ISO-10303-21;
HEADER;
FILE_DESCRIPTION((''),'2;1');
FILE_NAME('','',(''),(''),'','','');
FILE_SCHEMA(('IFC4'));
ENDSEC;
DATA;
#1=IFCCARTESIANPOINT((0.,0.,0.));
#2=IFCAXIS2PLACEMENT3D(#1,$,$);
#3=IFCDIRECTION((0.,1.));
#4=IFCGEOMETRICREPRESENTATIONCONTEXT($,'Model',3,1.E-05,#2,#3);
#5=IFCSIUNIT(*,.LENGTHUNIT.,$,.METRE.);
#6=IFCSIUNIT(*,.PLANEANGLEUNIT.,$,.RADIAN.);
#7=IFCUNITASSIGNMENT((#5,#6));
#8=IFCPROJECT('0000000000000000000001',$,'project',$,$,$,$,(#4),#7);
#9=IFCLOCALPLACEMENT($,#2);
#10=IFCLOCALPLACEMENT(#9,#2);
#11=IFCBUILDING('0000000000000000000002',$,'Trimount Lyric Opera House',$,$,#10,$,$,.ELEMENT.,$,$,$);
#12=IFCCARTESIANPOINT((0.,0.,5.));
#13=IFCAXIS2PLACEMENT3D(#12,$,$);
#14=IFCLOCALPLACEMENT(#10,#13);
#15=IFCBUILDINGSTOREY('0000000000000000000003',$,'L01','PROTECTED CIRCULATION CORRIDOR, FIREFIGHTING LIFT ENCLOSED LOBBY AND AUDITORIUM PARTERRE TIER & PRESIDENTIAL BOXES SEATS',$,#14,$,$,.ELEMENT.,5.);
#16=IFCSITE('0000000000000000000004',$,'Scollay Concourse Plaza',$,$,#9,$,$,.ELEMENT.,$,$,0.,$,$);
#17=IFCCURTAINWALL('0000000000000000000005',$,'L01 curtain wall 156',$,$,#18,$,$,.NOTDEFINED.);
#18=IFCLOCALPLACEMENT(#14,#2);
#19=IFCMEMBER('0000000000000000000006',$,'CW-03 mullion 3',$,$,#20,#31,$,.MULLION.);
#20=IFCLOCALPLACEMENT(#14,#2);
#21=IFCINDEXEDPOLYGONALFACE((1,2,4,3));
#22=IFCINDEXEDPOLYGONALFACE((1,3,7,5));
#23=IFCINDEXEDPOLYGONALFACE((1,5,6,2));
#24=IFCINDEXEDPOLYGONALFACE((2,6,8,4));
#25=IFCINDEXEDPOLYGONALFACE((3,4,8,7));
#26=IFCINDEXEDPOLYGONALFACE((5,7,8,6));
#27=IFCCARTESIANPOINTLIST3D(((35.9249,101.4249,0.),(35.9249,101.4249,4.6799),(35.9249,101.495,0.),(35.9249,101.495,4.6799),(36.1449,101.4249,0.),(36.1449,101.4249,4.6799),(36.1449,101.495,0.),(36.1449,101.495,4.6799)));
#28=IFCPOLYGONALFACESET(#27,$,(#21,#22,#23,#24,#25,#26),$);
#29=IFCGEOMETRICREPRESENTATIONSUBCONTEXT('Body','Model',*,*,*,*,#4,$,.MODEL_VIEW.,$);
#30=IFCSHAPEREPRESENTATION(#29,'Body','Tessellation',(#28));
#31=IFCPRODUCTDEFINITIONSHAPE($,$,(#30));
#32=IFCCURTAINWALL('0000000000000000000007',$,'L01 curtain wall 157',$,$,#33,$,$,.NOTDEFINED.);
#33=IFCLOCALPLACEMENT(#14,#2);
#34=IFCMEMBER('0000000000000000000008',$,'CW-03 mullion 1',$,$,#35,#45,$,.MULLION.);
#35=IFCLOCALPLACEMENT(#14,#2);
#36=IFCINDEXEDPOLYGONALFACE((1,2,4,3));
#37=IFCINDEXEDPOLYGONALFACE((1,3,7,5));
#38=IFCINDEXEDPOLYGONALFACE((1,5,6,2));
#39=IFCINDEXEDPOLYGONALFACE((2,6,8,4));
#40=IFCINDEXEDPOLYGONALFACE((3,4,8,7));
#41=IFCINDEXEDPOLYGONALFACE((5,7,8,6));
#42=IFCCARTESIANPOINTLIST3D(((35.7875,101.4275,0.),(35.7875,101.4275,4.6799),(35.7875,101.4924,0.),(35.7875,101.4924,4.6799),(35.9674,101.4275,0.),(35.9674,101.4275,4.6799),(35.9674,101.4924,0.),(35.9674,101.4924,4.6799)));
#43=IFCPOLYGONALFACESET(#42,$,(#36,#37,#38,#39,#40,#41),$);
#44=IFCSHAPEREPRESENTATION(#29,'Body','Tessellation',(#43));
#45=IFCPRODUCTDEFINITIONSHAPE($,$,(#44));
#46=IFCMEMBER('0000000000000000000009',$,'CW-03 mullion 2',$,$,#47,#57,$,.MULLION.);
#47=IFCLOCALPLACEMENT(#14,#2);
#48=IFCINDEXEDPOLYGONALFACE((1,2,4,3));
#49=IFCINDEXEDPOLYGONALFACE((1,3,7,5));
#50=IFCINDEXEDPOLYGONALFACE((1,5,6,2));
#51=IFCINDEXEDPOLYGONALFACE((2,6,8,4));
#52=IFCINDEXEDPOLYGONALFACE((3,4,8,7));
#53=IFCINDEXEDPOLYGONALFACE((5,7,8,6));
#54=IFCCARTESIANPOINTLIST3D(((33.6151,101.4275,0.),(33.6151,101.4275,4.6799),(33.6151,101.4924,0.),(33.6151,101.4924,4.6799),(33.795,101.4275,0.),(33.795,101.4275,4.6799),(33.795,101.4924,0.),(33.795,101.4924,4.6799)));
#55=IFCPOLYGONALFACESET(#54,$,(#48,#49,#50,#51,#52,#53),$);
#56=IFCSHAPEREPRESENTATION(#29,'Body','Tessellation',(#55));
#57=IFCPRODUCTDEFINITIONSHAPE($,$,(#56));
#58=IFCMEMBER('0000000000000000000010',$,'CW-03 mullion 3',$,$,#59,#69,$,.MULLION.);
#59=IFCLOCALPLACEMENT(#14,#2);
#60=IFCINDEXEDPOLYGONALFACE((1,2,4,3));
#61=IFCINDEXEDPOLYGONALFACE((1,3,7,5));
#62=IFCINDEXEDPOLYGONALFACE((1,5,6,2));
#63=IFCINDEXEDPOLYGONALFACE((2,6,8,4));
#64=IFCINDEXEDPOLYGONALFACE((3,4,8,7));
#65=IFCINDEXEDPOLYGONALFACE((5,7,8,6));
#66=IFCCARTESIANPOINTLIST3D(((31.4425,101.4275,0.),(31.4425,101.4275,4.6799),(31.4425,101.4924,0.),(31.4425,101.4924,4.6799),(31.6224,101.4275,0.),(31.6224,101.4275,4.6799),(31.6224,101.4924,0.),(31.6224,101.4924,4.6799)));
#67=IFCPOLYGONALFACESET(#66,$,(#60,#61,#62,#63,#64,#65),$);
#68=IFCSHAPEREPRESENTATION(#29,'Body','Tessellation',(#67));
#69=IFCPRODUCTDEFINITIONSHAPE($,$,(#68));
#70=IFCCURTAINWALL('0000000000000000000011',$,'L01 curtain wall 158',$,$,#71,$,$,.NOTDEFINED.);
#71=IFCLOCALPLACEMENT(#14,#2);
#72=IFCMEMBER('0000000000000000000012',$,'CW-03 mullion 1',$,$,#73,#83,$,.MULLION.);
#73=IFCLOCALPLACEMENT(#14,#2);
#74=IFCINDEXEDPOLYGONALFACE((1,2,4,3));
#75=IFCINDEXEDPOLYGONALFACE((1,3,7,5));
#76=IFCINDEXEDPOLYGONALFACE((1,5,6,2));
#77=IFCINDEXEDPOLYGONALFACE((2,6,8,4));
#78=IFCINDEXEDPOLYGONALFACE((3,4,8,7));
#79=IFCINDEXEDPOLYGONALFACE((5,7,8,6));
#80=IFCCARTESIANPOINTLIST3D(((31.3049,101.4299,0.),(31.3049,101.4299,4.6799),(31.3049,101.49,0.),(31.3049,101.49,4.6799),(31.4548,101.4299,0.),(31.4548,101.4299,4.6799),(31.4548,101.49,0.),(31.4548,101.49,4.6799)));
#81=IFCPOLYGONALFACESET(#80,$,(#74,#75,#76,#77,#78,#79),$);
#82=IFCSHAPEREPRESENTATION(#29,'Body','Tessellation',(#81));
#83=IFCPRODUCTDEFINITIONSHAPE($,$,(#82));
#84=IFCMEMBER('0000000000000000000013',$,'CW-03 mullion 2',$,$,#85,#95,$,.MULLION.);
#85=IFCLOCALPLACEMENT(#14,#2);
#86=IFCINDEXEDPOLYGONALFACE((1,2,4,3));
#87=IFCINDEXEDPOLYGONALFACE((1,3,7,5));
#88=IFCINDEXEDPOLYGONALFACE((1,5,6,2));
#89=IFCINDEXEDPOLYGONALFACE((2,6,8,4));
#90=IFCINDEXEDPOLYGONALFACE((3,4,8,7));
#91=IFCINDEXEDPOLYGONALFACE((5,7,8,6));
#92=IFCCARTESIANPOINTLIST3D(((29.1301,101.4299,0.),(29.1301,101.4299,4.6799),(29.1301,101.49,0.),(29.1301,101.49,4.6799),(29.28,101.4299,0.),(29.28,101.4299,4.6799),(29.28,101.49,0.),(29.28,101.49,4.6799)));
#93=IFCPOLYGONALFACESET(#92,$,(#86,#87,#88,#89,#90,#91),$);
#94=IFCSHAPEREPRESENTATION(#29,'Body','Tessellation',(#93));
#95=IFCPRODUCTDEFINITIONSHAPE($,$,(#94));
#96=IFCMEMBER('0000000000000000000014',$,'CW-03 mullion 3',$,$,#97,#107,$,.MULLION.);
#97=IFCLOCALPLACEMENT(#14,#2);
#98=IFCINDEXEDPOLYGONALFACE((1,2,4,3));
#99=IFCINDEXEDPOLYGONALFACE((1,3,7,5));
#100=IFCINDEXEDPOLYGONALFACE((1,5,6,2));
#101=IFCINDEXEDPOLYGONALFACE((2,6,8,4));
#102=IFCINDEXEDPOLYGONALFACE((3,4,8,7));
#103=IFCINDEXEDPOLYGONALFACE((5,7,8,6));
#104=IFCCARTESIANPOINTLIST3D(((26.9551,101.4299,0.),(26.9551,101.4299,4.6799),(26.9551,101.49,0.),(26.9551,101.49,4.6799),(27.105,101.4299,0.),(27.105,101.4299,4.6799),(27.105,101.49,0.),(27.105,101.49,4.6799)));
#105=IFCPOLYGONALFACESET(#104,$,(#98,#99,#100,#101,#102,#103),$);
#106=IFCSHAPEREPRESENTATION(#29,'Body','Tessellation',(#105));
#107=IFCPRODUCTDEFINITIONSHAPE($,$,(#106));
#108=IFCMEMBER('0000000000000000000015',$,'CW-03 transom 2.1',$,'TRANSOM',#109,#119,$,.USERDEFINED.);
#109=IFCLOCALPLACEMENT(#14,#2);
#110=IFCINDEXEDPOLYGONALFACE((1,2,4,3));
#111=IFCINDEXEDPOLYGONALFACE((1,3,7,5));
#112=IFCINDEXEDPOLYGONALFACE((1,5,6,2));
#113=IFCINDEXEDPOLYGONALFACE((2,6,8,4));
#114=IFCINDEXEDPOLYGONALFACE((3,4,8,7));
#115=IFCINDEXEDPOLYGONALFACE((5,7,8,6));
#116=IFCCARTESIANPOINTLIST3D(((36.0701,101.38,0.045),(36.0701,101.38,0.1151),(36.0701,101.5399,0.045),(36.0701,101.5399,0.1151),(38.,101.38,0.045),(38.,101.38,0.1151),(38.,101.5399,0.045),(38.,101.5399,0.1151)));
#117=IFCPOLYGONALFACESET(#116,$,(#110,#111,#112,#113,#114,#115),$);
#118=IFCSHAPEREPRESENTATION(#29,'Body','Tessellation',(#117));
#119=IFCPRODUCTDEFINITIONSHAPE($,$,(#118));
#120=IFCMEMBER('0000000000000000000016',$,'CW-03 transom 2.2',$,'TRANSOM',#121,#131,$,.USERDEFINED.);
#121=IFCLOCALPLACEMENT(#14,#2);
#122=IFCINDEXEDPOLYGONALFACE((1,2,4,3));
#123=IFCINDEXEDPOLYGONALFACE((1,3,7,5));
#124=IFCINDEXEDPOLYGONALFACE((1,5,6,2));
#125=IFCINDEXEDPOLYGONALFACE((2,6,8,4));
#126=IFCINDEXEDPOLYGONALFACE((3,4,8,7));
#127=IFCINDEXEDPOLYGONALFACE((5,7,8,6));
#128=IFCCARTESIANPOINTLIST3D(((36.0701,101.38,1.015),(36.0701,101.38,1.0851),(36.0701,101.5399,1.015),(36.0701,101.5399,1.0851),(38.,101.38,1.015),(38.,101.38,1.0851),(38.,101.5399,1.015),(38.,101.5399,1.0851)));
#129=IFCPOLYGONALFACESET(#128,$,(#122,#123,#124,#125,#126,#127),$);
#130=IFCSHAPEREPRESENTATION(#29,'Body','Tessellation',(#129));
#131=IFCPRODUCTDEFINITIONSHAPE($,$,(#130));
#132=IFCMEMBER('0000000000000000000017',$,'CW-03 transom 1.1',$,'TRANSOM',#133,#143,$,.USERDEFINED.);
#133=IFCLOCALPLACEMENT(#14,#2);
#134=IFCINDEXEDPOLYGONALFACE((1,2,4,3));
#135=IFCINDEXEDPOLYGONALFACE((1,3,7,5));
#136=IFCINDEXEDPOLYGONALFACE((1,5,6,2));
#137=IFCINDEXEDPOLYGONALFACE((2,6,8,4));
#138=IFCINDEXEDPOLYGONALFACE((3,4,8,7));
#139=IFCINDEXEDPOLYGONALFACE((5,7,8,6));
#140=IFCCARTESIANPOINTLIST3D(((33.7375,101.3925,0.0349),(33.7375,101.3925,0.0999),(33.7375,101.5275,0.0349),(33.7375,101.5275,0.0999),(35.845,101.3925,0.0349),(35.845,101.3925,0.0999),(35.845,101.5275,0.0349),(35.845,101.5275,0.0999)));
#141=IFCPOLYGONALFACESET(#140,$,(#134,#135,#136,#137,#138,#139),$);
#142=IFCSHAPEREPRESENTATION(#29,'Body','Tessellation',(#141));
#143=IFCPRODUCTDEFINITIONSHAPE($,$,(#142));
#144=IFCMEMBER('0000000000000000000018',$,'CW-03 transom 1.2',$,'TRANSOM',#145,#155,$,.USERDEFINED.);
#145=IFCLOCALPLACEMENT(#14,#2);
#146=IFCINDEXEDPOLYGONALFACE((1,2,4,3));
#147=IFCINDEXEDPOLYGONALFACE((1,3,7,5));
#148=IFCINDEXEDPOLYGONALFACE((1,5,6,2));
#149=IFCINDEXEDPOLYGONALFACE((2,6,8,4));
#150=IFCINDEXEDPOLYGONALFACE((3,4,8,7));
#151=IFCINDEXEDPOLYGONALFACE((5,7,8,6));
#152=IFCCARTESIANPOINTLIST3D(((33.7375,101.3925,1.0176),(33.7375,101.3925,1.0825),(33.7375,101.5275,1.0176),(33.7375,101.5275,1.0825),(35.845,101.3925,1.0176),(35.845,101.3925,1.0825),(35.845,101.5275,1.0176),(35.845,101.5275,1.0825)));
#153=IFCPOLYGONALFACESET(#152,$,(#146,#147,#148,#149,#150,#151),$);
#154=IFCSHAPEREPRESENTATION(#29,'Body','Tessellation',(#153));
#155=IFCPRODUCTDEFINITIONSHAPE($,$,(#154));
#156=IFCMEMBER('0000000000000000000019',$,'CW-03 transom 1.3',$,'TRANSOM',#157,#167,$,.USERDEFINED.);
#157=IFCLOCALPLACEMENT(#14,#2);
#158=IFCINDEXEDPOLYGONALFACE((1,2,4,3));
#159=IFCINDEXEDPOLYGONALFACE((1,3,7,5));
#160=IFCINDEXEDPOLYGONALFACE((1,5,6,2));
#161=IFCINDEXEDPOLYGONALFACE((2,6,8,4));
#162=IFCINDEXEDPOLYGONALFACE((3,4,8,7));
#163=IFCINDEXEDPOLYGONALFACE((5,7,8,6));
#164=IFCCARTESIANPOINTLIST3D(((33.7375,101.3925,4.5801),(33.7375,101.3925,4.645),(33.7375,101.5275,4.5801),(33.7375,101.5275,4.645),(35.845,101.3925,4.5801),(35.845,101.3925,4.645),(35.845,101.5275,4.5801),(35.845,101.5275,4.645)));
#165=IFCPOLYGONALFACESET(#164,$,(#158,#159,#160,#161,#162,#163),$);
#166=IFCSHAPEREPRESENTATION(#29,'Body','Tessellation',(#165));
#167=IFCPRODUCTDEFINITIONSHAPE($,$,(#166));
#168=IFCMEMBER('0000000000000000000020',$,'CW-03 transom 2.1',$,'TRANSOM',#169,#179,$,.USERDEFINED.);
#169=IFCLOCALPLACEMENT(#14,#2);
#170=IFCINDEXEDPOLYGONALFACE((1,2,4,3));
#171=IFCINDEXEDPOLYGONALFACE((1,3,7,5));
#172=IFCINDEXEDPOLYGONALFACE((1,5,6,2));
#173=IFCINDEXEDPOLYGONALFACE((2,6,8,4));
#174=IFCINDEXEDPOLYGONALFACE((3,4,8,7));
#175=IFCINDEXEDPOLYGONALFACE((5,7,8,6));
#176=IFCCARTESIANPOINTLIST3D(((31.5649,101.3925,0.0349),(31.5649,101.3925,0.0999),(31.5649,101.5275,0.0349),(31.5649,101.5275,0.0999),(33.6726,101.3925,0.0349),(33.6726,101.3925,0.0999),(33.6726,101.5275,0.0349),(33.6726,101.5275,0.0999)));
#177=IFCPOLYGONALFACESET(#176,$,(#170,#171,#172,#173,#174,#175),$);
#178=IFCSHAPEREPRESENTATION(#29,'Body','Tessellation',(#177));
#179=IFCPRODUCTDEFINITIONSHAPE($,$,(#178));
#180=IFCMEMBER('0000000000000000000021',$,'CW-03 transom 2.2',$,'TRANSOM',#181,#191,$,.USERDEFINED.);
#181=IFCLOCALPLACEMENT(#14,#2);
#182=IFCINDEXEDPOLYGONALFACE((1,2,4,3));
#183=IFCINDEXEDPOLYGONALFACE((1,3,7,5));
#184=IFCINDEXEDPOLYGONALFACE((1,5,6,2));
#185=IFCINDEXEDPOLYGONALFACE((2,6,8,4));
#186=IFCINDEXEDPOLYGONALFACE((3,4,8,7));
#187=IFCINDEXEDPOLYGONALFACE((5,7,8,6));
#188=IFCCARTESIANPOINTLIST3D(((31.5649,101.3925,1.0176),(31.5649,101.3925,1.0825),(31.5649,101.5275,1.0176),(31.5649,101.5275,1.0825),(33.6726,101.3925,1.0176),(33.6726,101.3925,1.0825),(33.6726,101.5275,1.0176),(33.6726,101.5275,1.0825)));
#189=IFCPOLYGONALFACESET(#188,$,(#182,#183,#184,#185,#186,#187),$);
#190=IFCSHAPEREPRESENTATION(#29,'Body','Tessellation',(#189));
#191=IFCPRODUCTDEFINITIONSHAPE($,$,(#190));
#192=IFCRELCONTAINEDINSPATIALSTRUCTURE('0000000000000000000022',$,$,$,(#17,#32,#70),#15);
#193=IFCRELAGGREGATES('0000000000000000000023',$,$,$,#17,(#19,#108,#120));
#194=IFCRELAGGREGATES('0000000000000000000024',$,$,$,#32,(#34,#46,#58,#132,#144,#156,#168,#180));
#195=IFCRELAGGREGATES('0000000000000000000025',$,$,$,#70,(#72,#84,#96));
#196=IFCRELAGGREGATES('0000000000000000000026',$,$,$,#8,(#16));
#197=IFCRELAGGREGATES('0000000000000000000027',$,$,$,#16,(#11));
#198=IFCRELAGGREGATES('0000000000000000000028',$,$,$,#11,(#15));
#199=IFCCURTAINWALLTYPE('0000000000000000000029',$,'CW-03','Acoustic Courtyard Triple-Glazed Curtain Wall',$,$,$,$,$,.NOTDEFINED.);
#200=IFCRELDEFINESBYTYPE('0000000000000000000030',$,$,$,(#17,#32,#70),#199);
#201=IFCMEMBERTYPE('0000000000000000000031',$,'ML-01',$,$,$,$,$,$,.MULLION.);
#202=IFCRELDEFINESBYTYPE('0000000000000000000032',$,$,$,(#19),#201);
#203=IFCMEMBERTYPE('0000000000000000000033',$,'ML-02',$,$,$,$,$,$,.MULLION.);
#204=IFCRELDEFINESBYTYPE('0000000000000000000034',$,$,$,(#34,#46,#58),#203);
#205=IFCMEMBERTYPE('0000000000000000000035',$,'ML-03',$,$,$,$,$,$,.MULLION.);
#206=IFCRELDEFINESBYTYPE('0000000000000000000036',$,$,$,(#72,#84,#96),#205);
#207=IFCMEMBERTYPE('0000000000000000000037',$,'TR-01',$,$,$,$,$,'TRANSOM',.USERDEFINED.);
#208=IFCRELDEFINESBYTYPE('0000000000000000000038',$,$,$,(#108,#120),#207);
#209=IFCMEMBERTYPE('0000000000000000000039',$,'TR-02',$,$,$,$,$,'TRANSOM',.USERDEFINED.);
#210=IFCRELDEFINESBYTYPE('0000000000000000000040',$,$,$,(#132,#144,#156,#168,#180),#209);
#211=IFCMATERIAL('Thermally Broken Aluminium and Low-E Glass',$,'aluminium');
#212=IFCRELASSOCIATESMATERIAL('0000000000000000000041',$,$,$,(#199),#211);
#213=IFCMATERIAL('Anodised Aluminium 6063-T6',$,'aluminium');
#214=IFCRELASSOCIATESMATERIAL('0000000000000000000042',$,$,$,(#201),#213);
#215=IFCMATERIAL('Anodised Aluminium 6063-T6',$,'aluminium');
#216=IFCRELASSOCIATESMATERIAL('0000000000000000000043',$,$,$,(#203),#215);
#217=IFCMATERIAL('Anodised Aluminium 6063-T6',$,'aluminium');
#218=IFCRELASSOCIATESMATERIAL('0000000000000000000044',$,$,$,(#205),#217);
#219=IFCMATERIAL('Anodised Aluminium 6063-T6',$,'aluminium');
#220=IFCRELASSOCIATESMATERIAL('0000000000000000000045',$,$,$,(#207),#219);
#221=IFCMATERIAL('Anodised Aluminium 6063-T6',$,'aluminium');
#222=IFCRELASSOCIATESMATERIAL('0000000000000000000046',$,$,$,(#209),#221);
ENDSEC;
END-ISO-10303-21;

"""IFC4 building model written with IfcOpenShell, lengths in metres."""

from ifc_helpers import new_model, si_unit, direction, frame, origin, origin_2d, place, context, subcontext, project, spatial, rectangle, extrude, material, material_profile, profile_set, type_object, element, aggregate, save


model = new_model("IFC4")

# Units and contexts
model_context = context("Model", 3, precision=1e-05, world=origin(), true_north=direction((0.0, 1.0)))
body_context = subcontext(model_context, "Body", "Model", "MODEL_VIEW")
ifc_project = project(units=[si_unit("LENGTHUNIT", "METRE"), si_unit("PLANEANGLEUNIT", "RADIAN")], contexts=[model_context])

# Site, building, storey
site_placement = place(None, origin())
site = spatial("IfcSite", under=ifc_project, at=site_placement, Name="Scollay Concourse Plaza", CompositionType="ELEMENT", RefElevation=0.0)
building_placement = place(site_placement, origin())
building = spatial("IfcBuilding", under=site, at=building_placement, Name="Trimount Lyric Opera House", CompositionType="ELEMENT")
storey_placement = place(building_placement, frame((0.0, 0.0, 5.0)))
storey = spatial("IfcBuildingStorey", under=building, at=storey_placement, Name="L01", Description="PROTECTED CIRCULATION CORRIDOR, FIREFIGHTING LIFT ENCLOSED LOBBY AND AUDITORIUM PARTERRE TIER & PRESIDENTIAL BOXES SEATS", CompositionType="ELEMENT", Elevation=5.0)

# Curtain wall, member
ifc_material_1 = material(Name="Thermally Broken Aluminium and Low-E Glass", Category="aluminium")
curtain_wall_type = type_object("IfcCurtainWallType", Name="CW-03", Description="Acoustic Courtyard Triple-Glazed Curtain Wall", PredefinedType="NOTDEFINED", material=ifc_material_1)
curtain_wall_1_placement = place(storey_placement, origin())
curtain_wall_1 = element("IfcCurtainWall", 1, at=curtain_wall_1_placement, inside=storey, type_object=curtain_wall_type, Name="L01 curtain wall 156", PredefinedType="NOTDEFINED")
ifc_material_2 = material(Name="Anodised Aluminium 6063-T6", Category="aluminium")
ifc_material_profile_1 = material_profile(ifc_material_2, rectangle(XDim=0.0701, YDim=0.22, at=origin_2d()), Name="ALU-MULL-70X220")
ifc_profile_set_1 = profile_set([ifc_material_profile_1], Name="Anodised Aluminium 6063-T6")
member_type_1 = type_object("IfcMemberType", Name="ML-01", PredefinedType="MULLION", material=ifc_profile_set_1)
member_1_placement = place(storey_placement, frame((36.0349, 101.46, 0.0), z_axis=(0.0, 0.0, 1.0), x_axis=(0.0, -1.0, 0.0)))
member_1 = element("IfcMember", 2, at=member_1_placement, type_object=member_type_1, Name="CW-03 mullion 3", PredefinedType="MULLION", context=body_context, shape_type="SweptSolid", body=[
    extrude(rectangle(XDim=0.0701, YDim=0.22, at=origin_2d()), origin(), (0.0, 0.0, 1.0), 4.6799),
])

# Curtain walls, members
curtain_wall_2_placement = place(storey_placement, origin())
curtain_wall_2 = element("IfcCurtainWall", 3, at=curtain_wall_2_placement, inside=storey, type_object=curtain_wall_type, Name="L01 curtain wall 157", PredefinedType="NOTDEFINED")
ifc_material_3 = material(Name="Anodised Aluminium 6063-T6", Category="aluminium")
ifc_material_profile_2 = material_profile(ifc_material_3, rectangle(XDim=0.0649, YDim=0.1799, at=origin_2d()), Name="ALU-MULL-65X180")
ifc_profile_set_2 = profile_set([ifc_material_profile_2], Name="Anodised Aluminium 6063-T6")
member_type_2 = type_object("IfcMemberType", Name="ML-02", PredefinedType="MULLION", material=ifc_profile_set_2)
member_2_placement = place(storey_placement, frame((35.8774, 101.46, 0.0), z_axis=(0.0, 0.0, 1.0), x_axis=(0.0, -1.0, 0.0)))
member_2 = element("IfcMember", 4, at=member_2_placement, type_object=member_type_2, Name="CW-03 mullion 1", PredefinedType="MULLION", context=body_context, shape_type="SweptSolid", body=[
    extrude(rectangle(XDim=0.0649, YDim=0.1799, at=origin_2d()), origin(), (0.0, 0.0, 1.0), 4.6799),
])
member_3_placement = place(storey_placement, frame((33.7051, 101.46, 0.0), z_axis=(0.0, 0.0, 1.0), x_axis=(0.0, -1.0, 0.0)))
member_3 = element("IfcMember", 5, at=member_3_placement, type_object=member_type_2, Name="CW-03 mullion 2", PredefinedType="MULLION", context=body_context, shape_type="SweptSolid", body=[
    extrude(rectangle(XDim=0.0649, YDim=0.1799, at=origin_2d()), origin(), (0.0, 0.0, 1.0), 4.6799),
])
member_4_placement = place(storey_placement, frame((31.5325, 101.46, 0.0), z_axis=(0.0, 0.0, 1.0), x_axis=(0.0, -1.0, 0.0)))
member_4 = element("IfcMember", 6, at=member_4_placement, type_object=member_type_2, Name="CW-03 mullion 3", PredefinedType="MULLION", context=body_context, shape_type="SweptSolid", body=[
    extrude(rectangle(XDim=0.0649, YDim=0.1799, at=origin_2d()), origin(), (0.0, 0.0, 1.0), 4.6799),
])
curtain_wall_3_placement = place(storey_placement, origin())
curtain_wall_3 = element("IfcCurtainWall", 7, at=curtain_wall_3_placement, inside=storey, type_object=curtain_wall_type, Name="L01 curtain wall 158", PredefinedType="NOTDEFINED")
ifc_material_4 = material(Name="Anodised Aluminium 6063-T6", Category="aluminium")
ifc_material_profile_3 = material_profile(ifc_material_4, rectangle(XDim=0.0601, YDim=0.1499, at=origin_2d()), Name="ALU-MULL-60X150")
ifc_profile_set_3 = profile_set([ifc_material_profile_3], Name="Anodised Aluminium 6063-T6")
member_type_3 = type_object("IfcMemberType", Name="ML-03", PredefinedType="MULLION", material=ifc_profile_set_3)
member_5_placement = place(storey_placement, frame((31.3799, 101.46, 0.0), z_axis=(0.0, 0.0, 1.0), x_axis=(0.0, -1.0, 0.0)))
member_5 = element("IfcMember", 8, at=member_5_placement, type_object=member_type_3, Name="CW-03 mullion 1", PredefinedType="MULLION", context=body_context, shape_type="SweptSolid", body=[
    extrude(rectangle(XDim=0.0601, YDim=0.1499, at=origin_2d()), origin(), (0.0, 0.0, 1.0), 4.6799),
])
member_6_placement = place(storey_placement, frame((29.2051, 101.46, 0.0), z_axis=(0.0, 0.0, 1.0), x_axis=(0.0, -1.0, 0.0)))
member_6 = element("IfcMember", 9, at=member_6_placement, type_object=member_type_3, Name="CW-03 mullion 2", PredefinedType="MULLION", context=body_context, shape_type="SweptSolid", body=[
    extrude(rectangle(XDim=0.0601, YDim=0.1499, at=origin_2d()), origin(), (0.0, 0.0, 1.0), 4.6799),
])
member_7_placement = place(storey_placement, frame((27.03, 101.46, 0.0), z_axis=(0.0, 0.0, 1.0), x_axis=(0.0, -1.0, 0.0)))
member_7 = element("IfcMember", 10, at=member_7_placement, type_object=member_type_3, Name="CW-03 mullion 3", PredefinedType="MULLION", context=body_context, shape_type="SweptSolid", body=[
    extrude(rectangle(XDim=0.0601, YDim=0.1499, at=origin_2d()), origin(), (0.0, 0.0, 1.0), 4.6799),
])

# Members
ifc_material_5 = material(Name="Anodised Aluminium 6063-T6", Category="aluminium")
ifc_material_profile_4 = material_profile(ifc_material_5, rectangle(XDim=0.1599, YDim=0.0701, at=origin_2d()), Name="ALU-TRAN-70X160")
ifc_profile_set_4 = profile_set([ifc_material_profile_4], Name="Anodised Aluminium 6063-T6")
member_type_4 = type_object("IfcMemberType", Name="TR-01", ElementType="TRANSOM", PredefinedType="USERDEFINED", material=ifc_profile_set_4)
member_8_placement = place(storey_placement, frame((38.0, 101.46, 0.0801), z_axis=(-1.0, 0.0, 0.0), x_axis=(0.0, -1.0, 0.0)))
member_8 = element("IfcMember", 11, at=member_8_placement, type_object=member_type_4, Name="CW-03 transom 2.1", ObjectType="TRANSOM", PredefinedType="USERDEFINED", context=body_context, shape_type="SweptSolid", body=[
    extrude(rectangle(XDim=0.1599, YDim=0.0701, at=origin_2d()), origin(), (0.0, 0.0, 1.0), 1.9299),
])
member_9_placement = place(storey_placement, frame((38.0, 101.46, 1.05), z_axis=(-1.0, 0.0, 0.0), x_axis=(0.0, -1.0, 0.0)))
member_9 = element("IfcMember", 12, at=member_9_placement, type_object=member_type_4, Name="CW-03 transom 2.2", ObjectType="TRANSOM", PredefinedType="USERDEFINED", context=body_context, shape_type="SweptSolid", body=[
    extrude(rectangle(XDim=0.1599, YDim=0.0701, at=origin_2d()), origin(), (0.0, 0.0, 1.0), 1.9299),
])
ifc_material_6 = material(Name="Anodised Aluminium 6063-T6", Category="aluminium")
ifc_material_profile_5 = material_profile(ifc_material_6, rectangle(XDim=0.135, YDim=0.0649, at=origin_2d()), Name="ALU-TRAN-65X135")
ifc_profile_set_5 = profile_set([ifc_material_profile_5], Name="Anodised Aluminium 6063-T6")
member_type_5 = type_object("IfcMemberType", Name="TR-02", ElementType="TRANSOM", PredefinedType="USERDEFINED", material=ifc_profile_set_5)
member_10_placement = place(storey_placement, frame((35.845, 101.46, 0.0674), z_axis=(-1.0, 0.0, 0.0), x_axis=(0.0, -1.0, 0.0)))
member_10 = element("IfcMember", 13, at=member_10_placement, type_object=member_type_5, Name="CW-03 transom 1.1", ObjectType="TRANSOM", PredefinedType="USERDEFINED", context=body_context, shape_type="SweptSolid", body=[
    extrude(rectangle(XDim=0.135, YDim=0.0649, at=origin_2d()), origin(), (0.0, 0.0, 1.0), 2.1074),
])
member_11_placement = place(storey_placement, frame((35.845, 101.46, 1.05), z_axis=(-1.0, 0.0, 0.0), x_axis=(0.0, -1.0, 0.0)))
member_11 = element("IfcMember", 14, at=member_11_placement, type_object=member_type_5, Name="CW-03 transom 1.2", ObjectType="TRANSOM", PredefinedType="USERDEFINED", context=body_context, shape_type="SweptSolid", body=[
    extrude(rectangle(XDim=0.135, YDim=0.0649, at=origin_2d()), origin(), (0.0, 0.0, 1.0), 2.1074),
])
member_12_placement = place(storey_placement, frame((35.845, 101.46, 4.6125), z_axis=(-1.0, 0.0, 0.0), x_axis=(0.0, -1.0, 0.0)))
member_12 = element("IfcMember", 15, at=member_12_placement, type_object=member_type_5, Name="CW-03 transom 1.3", ObjectType="TRANSOM", PredefinedType="USERDEFINED", context=body_context, shape_type="SweptSolid", body=[
    extrude(rectangle(XDim=0.135, YDim=0.0649, at=origin_2d()), origin(), (0.0, 0.0, 1.0), 2.1074),
])
member_13_placement = place(storey_placement, frame((33.6726, 101.46, 0.0674), z_axis=(-1.0, 0.0, 0.0), x_axis=(0.0, -1.0, 0.0)))
member_13 = element("IfcMember", 16, at=member_13_placement, type_object=member_type_5, Name="CW-03 transom 2.1", ObjectType="TRANSOM", PredefinedType="USERDEFINED", context=body_context, shape_type="SweptSolid", body=[
    extrude(rectangle(XDim=0.135, YDim=0.0649, at=origin_2d()), origin(), (0.0, 0.0, 1.0), 2.1077),
])
member_14_placement = place(storey_placement, frame((33.6726, 101.46, 1.05), z_axis=(-1.0, 0.0, 0.0), x_axis=(0.0, -1.0, 0.0)))
member_14 = element("IfcMember", 17, at=member_14_placement, type_object=member_type_5, Name="CW-03 transom 2.2", ObjectType="TRANSOM", PredefinedType="USERDEFINED", context=body_context, shape_type="SweptSolid", body=[
    extrude(rectangle(XDim=0.135, YDim=0.0649, at=origin_2d()), origin(), (0.0, 0.0, 1.0), 2.1077),
])

aggregate(curtain_wall_1, [member_1, member_8, member_9])
aggregate(curtain_wall_2, [member_2, member_3, member_4, member_10, member_11, member_12, member_13, member_14])
aggregate(curtain_wall_3, [member_5, member_6, member_7])

save(model, "model.ifc")
